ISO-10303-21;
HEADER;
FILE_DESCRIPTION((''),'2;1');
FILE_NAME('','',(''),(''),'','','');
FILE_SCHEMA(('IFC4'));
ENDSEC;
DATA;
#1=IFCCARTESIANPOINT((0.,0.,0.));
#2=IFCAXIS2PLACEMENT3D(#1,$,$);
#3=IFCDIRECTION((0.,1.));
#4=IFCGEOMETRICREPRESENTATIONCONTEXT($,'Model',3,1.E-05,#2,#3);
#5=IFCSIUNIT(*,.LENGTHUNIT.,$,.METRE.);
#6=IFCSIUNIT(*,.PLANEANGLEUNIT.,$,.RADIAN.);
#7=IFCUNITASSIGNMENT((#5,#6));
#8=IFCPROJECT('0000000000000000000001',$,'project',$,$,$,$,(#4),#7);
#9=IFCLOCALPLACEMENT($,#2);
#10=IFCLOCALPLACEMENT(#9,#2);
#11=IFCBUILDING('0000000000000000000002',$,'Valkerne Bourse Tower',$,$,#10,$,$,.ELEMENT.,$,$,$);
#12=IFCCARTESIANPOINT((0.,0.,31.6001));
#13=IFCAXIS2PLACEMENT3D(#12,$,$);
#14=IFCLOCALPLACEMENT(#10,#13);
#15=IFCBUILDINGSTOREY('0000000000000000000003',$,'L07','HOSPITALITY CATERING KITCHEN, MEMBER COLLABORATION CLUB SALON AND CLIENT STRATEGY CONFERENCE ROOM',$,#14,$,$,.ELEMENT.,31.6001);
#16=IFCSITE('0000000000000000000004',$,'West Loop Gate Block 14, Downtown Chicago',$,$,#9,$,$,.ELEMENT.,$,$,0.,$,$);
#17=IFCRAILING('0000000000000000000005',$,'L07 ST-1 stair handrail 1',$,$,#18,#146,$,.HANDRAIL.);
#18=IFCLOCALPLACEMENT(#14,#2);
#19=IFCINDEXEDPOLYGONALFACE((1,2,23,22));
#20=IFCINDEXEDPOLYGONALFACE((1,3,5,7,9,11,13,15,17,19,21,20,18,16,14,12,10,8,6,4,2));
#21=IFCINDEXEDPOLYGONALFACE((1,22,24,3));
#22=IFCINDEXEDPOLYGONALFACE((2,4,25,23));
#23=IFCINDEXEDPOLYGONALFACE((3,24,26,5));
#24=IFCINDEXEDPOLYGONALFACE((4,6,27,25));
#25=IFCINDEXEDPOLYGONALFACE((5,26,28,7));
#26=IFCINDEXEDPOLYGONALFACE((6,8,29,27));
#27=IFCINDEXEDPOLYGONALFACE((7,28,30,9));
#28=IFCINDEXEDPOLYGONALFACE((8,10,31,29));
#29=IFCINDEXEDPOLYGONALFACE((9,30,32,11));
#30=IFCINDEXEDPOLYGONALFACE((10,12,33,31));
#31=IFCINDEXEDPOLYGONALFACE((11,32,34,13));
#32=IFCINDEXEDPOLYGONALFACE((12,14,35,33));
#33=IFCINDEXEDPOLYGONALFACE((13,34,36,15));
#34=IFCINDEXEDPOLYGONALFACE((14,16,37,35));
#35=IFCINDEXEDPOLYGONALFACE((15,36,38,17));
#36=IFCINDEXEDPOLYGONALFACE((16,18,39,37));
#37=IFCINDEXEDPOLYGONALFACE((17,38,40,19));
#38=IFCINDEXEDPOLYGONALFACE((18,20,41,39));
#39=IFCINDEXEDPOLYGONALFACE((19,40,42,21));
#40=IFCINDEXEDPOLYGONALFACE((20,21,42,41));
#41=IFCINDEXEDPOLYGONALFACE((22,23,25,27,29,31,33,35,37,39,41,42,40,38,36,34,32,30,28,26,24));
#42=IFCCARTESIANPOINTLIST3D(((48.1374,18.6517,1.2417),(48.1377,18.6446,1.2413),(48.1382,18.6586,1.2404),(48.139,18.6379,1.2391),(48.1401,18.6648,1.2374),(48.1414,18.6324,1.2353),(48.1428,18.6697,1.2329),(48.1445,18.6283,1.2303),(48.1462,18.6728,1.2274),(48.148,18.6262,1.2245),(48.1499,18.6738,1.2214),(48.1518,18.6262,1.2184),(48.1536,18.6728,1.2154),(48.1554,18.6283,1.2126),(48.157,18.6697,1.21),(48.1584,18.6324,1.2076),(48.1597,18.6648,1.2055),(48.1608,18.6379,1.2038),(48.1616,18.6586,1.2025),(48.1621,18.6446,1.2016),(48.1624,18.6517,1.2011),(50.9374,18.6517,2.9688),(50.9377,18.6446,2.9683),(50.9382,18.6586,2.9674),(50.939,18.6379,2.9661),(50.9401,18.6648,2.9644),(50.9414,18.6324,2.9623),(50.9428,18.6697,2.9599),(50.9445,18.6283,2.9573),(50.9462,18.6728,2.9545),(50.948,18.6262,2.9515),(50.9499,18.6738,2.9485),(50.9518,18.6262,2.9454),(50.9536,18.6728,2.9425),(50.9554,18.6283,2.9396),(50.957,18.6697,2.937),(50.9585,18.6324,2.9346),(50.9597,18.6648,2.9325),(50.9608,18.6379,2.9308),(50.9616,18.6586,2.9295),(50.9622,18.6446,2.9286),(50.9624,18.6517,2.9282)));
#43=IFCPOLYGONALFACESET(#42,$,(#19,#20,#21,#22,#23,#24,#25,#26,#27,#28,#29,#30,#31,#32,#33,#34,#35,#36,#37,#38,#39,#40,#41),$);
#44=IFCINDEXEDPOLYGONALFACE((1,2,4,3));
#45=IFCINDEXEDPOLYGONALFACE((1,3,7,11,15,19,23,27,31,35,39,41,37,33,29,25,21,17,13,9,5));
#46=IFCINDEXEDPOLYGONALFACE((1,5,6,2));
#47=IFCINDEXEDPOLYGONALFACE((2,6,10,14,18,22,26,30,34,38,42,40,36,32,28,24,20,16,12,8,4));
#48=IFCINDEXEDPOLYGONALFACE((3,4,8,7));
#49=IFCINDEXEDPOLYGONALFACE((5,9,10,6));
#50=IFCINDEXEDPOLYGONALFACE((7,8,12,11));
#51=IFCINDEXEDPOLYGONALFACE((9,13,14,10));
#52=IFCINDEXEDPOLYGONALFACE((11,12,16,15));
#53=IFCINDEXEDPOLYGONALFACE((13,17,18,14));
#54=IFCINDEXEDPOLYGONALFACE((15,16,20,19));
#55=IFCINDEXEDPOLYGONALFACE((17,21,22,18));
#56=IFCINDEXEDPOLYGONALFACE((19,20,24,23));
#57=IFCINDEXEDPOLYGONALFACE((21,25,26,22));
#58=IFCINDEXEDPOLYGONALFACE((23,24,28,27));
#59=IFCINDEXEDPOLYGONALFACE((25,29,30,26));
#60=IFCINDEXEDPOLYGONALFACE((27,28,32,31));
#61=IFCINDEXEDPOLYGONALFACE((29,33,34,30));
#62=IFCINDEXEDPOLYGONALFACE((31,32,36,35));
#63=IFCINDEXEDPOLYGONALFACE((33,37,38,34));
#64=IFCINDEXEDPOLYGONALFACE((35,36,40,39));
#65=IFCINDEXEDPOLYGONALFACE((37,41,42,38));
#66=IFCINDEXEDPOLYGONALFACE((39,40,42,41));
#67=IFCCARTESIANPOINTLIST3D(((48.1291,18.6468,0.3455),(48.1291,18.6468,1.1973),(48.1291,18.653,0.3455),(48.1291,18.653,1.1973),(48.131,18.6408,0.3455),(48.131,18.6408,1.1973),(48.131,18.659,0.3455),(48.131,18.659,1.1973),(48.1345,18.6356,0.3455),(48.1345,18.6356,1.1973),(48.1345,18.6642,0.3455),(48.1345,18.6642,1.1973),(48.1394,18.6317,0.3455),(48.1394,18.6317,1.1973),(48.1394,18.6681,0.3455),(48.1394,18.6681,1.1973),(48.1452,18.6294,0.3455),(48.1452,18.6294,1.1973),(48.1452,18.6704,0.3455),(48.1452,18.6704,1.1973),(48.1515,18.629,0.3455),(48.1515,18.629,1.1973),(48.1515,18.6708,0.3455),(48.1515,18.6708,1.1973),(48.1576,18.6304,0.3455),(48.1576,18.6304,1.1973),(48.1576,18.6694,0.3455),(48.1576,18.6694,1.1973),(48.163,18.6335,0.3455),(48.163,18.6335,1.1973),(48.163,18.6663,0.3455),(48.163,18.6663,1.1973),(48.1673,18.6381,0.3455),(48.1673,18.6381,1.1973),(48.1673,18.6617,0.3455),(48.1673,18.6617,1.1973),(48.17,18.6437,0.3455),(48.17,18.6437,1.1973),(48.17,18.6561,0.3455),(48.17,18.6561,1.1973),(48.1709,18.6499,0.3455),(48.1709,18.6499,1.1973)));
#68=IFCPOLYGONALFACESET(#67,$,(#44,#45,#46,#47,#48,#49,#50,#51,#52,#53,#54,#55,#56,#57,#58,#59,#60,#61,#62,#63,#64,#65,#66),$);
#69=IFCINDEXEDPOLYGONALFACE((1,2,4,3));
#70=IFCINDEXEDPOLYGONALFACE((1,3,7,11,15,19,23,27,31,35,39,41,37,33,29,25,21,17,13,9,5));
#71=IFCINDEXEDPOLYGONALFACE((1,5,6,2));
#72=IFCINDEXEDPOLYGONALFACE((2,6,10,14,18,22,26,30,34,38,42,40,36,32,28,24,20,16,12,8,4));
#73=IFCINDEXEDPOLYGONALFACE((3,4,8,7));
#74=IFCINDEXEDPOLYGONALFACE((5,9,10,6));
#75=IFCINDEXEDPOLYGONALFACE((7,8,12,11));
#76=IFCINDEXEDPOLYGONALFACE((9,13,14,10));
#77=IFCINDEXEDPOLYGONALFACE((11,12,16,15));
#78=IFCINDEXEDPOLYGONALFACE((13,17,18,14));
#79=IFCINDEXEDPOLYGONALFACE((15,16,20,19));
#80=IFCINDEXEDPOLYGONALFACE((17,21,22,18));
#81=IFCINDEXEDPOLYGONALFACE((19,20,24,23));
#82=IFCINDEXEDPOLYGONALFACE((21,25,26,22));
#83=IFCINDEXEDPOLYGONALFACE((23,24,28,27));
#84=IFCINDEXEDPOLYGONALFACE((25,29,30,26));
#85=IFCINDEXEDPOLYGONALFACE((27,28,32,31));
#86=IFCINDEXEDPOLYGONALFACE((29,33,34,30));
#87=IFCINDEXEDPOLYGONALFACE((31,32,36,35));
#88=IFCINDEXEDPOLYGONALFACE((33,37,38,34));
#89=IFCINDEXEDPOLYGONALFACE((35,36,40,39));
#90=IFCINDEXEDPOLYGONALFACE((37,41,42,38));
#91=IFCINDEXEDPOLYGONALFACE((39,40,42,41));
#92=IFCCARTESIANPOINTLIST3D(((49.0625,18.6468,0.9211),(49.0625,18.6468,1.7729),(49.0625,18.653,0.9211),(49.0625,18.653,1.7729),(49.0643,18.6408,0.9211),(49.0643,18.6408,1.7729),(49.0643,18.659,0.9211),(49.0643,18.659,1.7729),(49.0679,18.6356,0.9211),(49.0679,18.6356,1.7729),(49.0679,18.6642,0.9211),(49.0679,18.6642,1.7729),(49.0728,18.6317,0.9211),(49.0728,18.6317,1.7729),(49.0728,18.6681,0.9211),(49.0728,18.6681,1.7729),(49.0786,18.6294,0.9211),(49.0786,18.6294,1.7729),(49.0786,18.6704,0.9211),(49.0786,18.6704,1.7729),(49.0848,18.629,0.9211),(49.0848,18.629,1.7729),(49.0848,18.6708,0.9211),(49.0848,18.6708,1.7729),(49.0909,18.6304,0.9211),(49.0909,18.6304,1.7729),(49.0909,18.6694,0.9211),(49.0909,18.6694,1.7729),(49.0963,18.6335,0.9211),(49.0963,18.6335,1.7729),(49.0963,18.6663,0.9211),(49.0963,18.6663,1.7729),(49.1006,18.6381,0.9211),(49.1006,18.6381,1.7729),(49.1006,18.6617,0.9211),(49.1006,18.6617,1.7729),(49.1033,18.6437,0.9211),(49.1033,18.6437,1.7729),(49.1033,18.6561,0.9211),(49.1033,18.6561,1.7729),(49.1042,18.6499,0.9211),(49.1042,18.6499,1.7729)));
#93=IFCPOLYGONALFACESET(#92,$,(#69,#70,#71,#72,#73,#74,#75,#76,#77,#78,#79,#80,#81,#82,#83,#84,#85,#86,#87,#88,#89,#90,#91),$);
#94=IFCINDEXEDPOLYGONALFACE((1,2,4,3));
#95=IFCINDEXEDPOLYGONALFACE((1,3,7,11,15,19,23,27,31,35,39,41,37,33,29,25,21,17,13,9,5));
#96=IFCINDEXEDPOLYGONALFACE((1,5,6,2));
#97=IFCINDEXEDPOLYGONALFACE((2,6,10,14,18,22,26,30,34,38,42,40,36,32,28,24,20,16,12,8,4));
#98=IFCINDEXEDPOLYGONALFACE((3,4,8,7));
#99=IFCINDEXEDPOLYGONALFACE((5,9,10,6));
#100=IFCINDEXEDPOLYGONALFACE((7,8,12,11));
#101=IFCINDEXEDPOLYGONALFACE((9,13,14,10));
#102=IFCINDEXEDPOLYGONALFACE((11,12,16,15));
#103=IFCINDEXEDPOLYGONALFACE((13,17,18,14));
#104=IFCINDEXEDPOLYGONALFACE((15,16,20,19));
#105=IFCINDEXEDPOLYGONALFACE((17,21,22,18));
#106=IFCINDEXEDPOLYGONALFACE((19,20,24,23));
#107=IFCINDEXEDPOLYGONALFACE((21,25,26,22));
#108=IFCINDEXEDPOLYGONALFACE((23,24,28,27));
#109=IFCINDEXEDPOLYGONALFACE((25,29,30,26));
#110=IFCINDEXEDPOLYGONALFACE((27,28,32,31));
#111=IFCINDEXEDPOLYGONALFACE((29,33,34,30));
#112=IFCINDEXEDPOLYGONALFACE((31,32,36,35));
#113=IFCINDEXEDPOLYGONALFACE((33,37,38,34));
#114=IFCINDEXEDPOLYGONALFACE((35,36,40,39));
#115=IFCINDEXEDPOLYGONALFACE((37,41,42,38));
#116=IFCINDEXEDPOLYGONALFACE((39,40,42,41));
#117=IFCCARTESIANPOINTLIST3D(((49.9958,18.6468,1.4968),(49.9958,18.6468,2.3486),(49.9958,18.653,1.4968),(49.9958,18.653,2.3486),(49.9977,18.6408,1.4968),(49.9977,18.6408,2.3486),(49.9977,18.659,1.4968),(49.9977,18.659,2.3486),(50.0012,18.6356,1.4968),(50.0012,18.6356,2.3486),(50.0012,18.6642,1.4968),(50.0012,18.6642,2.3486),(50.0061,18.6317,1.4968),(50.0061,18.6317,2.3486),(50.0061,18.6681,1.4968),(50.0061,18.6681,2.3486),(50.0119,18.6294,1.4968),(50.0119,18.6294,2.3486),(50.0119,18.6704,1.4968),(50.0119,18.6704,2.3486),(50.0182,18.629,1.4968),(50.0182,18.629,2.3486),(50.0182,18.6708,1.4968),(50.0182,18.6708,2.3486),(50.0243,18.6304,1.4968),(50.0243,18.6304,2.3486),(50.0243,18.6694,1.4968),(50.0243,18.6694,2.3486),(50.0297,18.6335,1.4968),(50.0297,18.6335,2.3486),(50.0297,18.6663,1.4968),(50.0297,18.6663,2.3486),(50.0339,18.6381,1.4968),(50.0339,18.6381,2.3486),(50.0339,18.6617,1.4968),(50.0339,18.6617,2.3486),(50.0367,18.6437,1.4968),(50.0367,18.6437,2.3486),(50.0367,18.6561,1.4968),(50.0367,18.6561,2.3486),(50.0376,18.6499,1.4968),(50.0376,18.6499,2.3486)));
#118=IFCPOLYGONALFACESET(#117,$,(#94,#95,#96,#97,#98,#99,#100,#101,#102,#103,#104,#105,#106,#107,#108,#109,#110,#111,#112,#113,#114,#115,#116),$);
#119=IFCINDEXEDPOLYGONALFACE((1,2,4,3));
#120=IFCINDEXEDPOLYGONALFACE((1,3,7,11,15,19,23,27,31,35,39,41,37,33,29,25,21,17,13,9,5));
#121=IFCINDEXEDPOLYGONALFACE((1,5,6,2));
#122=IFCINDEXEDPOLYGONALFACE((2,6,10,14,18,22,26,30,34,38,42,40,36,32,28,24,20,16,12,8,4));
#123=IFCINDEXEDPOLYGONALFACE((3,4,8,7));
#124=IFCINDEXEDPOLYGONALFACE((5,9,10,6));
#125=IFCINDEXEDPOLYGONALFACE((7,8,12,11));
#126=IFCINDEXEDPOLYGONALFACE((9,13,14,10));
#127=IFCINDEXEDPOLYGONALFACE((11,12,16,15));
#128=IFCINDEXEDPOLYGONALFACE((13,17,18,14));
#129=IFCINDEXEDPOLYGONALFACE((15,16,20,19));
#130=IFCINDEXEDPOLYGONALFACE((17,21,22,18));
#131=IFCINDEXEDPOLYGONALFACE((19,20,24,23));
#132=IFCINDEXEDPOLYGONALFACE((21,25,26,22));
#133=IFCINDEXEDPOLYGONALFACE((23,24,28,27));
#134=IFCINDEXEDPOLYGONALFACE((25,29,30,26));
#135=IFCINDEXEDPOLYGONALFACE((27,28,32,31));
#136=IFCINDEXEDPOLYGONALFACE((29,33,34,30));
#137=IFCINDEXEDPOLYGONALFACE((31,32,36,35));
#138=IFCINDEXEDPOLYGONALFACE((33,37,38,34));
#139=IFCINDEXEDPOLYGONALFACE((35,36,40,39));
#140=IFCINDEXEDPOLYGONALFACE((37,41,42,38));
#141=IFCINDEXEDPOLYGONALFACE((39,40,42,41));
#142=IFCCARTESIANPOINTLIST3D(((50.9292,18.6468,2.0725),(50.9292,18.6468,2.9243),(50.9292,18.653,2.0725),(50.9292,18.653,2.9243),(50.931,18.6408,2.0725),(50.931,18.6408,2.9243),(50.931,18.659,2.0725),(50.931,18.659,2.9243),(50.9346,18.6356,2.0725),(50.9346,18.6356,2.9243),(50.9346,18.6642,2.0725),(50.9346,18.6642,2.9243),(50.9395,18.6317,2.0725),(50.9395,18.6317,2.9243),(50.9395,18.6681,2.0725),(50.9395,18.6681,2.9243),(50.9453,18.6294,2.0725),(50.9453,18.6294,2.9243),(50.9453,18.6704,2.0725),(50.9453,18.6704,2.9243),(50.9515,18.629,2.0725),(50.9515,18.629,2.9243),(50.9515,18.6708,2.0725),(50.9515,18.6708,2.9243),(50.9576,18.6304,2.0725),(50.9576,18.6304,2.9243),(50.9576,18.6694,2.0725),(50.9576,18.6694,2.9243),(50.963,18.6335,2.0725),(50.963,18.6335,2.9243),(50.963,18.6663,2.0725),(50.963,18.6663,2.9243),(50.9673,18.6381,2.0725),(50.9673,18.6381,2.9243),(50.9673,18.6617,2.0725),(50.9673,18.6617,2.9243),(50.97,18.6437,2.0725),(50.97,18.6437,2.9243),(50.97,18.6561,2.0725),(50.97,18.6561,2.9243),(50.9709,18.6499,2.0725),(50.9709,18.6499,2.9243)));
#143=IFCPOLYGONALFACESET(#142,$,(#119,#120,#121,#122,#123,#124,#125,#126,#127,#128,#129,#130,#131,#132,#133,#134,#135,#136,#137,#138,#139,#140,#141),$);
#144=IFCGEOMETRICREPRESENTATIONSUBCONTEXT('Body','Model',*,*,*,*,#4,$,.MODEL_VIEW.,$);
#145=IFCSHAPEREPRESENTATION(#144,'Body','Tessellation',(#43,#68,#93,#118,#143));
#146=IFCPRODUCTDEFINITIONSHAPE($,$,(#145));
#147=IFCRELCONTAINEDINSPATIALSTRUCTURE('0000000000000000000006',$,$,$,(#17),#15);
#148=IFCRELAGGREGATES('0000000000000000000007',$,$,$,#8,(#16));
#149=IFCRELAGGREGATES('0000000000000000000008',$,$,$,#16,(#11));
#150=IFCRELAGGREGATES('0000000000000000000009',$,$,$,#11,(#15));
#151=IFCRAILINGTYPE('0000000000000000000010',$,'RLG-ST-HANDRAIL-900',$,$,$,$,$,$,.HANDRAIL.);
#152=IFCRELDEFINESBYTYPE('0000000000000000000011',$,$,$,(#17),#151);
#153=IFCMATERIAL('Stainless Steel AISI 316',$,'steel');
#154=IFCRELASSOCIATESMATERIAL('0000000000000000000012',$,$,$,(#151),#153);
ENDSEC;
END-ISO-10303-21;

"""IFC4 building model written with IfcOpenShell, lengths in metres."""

from ifc_helpers import new_model, si_unit, direction, frame, origin, origin_2d, place, context, subcontext, project, spatial, circle, extrude, material, type_object, element, save


model = new_model("IFC4")

# Units and contexts
model_context = context("Model", 3, precision=1e-05, world=origin(), true_north=direction((0.0, 1.0)))
body_context = subcontext(model_context, "Body", "Model", "MODEL_VIEW")
ifc_project = project(units=[si_unit("LENGTHUNIT", "METRE"), si_unit("PLANEANGLEUNIT", "RADIAN")], contexts=[model_context])

# Site, building, storey
site_placement = place(None, origin())
site = spatial("IfcSite", under=ifc_project, at=site_placement, Name="West Loop Gate Block 14, Downtown Chicago", CompositionType="ELEMENT", RefElevation=0.0)
building_placement = place(site_placement, origin())
building = spatial("IfcBuilding", under=site, at=building_placement, Name="Valkerne Bourse Tower", CompositionType="ELEMENT")
storey_placement = place(building_placement, frame((0.0, 0.0, 31.6001)))
storey = spatial("IfcBuildingStorey", under=building, at=storey_placement, Name="L07", Description="HOSPITALITY CATERING KITCHEN, MEMBER COLLABORATION CLUB SALON AND CLIENT STRATEGY CONFERENCE ROOM", CompositionType="ELEMENT", Elevation=31.6001)

# Shared definitions
ifc_material_1 = material(Name="Stainless Steel AISI 316", Category="steel")

# Railing
railing_type_1 = type_object("IfcRailingType", Name="RLG-ST-HANDRAIL-900", PredefinedType="HANDRAIL", material=ifc_material_1)
railing_1_placement = place(storey_placement, frame((48.1499, 18.6499, 0.3455)))
element("IfcRailing", 1, at=railing_1_placement, inside=storey, type_object=railing_type_1, Name="L07 ST-1 stair handrail 1", PredefinedType="HANDRAIL", context=body_context, shape_type="SweptSolid", body=[
    extrude(circle(Radius=0.0239, at=origin_2d()), frame((0.0, 0.0, 0.876), z_axis=(0.851123, 0.0, 0.524967), x_axis=(0.0, 1.0, 0.0)), (0.0, 0.0, 1.0), 3.2898),
    extrude(circle(Radius=0.021, at=origin_2d()), origin(), (0.0, 0.0, 1.0), 0.8518),
    extrude(circle(Radius=0.021, at=origin_2d()), frame((0.9333, 0.0, 0.5757)), (0.0, 0.0, 1.0), 0.8518),
    extrude(circle(Radius=0.021, at=origin_2d()), frame((1.8667, 0.0, 1.1514)), (0.0, 0.0, 1.0), 0.8518),
    extrude(circle(Radius=0.021, at=origin_2d()), frame((2.8, 0.0, 1.7271)), (0.0, 0.0, 1.0), 0.8518),
])

save(model, "model.ifc")
